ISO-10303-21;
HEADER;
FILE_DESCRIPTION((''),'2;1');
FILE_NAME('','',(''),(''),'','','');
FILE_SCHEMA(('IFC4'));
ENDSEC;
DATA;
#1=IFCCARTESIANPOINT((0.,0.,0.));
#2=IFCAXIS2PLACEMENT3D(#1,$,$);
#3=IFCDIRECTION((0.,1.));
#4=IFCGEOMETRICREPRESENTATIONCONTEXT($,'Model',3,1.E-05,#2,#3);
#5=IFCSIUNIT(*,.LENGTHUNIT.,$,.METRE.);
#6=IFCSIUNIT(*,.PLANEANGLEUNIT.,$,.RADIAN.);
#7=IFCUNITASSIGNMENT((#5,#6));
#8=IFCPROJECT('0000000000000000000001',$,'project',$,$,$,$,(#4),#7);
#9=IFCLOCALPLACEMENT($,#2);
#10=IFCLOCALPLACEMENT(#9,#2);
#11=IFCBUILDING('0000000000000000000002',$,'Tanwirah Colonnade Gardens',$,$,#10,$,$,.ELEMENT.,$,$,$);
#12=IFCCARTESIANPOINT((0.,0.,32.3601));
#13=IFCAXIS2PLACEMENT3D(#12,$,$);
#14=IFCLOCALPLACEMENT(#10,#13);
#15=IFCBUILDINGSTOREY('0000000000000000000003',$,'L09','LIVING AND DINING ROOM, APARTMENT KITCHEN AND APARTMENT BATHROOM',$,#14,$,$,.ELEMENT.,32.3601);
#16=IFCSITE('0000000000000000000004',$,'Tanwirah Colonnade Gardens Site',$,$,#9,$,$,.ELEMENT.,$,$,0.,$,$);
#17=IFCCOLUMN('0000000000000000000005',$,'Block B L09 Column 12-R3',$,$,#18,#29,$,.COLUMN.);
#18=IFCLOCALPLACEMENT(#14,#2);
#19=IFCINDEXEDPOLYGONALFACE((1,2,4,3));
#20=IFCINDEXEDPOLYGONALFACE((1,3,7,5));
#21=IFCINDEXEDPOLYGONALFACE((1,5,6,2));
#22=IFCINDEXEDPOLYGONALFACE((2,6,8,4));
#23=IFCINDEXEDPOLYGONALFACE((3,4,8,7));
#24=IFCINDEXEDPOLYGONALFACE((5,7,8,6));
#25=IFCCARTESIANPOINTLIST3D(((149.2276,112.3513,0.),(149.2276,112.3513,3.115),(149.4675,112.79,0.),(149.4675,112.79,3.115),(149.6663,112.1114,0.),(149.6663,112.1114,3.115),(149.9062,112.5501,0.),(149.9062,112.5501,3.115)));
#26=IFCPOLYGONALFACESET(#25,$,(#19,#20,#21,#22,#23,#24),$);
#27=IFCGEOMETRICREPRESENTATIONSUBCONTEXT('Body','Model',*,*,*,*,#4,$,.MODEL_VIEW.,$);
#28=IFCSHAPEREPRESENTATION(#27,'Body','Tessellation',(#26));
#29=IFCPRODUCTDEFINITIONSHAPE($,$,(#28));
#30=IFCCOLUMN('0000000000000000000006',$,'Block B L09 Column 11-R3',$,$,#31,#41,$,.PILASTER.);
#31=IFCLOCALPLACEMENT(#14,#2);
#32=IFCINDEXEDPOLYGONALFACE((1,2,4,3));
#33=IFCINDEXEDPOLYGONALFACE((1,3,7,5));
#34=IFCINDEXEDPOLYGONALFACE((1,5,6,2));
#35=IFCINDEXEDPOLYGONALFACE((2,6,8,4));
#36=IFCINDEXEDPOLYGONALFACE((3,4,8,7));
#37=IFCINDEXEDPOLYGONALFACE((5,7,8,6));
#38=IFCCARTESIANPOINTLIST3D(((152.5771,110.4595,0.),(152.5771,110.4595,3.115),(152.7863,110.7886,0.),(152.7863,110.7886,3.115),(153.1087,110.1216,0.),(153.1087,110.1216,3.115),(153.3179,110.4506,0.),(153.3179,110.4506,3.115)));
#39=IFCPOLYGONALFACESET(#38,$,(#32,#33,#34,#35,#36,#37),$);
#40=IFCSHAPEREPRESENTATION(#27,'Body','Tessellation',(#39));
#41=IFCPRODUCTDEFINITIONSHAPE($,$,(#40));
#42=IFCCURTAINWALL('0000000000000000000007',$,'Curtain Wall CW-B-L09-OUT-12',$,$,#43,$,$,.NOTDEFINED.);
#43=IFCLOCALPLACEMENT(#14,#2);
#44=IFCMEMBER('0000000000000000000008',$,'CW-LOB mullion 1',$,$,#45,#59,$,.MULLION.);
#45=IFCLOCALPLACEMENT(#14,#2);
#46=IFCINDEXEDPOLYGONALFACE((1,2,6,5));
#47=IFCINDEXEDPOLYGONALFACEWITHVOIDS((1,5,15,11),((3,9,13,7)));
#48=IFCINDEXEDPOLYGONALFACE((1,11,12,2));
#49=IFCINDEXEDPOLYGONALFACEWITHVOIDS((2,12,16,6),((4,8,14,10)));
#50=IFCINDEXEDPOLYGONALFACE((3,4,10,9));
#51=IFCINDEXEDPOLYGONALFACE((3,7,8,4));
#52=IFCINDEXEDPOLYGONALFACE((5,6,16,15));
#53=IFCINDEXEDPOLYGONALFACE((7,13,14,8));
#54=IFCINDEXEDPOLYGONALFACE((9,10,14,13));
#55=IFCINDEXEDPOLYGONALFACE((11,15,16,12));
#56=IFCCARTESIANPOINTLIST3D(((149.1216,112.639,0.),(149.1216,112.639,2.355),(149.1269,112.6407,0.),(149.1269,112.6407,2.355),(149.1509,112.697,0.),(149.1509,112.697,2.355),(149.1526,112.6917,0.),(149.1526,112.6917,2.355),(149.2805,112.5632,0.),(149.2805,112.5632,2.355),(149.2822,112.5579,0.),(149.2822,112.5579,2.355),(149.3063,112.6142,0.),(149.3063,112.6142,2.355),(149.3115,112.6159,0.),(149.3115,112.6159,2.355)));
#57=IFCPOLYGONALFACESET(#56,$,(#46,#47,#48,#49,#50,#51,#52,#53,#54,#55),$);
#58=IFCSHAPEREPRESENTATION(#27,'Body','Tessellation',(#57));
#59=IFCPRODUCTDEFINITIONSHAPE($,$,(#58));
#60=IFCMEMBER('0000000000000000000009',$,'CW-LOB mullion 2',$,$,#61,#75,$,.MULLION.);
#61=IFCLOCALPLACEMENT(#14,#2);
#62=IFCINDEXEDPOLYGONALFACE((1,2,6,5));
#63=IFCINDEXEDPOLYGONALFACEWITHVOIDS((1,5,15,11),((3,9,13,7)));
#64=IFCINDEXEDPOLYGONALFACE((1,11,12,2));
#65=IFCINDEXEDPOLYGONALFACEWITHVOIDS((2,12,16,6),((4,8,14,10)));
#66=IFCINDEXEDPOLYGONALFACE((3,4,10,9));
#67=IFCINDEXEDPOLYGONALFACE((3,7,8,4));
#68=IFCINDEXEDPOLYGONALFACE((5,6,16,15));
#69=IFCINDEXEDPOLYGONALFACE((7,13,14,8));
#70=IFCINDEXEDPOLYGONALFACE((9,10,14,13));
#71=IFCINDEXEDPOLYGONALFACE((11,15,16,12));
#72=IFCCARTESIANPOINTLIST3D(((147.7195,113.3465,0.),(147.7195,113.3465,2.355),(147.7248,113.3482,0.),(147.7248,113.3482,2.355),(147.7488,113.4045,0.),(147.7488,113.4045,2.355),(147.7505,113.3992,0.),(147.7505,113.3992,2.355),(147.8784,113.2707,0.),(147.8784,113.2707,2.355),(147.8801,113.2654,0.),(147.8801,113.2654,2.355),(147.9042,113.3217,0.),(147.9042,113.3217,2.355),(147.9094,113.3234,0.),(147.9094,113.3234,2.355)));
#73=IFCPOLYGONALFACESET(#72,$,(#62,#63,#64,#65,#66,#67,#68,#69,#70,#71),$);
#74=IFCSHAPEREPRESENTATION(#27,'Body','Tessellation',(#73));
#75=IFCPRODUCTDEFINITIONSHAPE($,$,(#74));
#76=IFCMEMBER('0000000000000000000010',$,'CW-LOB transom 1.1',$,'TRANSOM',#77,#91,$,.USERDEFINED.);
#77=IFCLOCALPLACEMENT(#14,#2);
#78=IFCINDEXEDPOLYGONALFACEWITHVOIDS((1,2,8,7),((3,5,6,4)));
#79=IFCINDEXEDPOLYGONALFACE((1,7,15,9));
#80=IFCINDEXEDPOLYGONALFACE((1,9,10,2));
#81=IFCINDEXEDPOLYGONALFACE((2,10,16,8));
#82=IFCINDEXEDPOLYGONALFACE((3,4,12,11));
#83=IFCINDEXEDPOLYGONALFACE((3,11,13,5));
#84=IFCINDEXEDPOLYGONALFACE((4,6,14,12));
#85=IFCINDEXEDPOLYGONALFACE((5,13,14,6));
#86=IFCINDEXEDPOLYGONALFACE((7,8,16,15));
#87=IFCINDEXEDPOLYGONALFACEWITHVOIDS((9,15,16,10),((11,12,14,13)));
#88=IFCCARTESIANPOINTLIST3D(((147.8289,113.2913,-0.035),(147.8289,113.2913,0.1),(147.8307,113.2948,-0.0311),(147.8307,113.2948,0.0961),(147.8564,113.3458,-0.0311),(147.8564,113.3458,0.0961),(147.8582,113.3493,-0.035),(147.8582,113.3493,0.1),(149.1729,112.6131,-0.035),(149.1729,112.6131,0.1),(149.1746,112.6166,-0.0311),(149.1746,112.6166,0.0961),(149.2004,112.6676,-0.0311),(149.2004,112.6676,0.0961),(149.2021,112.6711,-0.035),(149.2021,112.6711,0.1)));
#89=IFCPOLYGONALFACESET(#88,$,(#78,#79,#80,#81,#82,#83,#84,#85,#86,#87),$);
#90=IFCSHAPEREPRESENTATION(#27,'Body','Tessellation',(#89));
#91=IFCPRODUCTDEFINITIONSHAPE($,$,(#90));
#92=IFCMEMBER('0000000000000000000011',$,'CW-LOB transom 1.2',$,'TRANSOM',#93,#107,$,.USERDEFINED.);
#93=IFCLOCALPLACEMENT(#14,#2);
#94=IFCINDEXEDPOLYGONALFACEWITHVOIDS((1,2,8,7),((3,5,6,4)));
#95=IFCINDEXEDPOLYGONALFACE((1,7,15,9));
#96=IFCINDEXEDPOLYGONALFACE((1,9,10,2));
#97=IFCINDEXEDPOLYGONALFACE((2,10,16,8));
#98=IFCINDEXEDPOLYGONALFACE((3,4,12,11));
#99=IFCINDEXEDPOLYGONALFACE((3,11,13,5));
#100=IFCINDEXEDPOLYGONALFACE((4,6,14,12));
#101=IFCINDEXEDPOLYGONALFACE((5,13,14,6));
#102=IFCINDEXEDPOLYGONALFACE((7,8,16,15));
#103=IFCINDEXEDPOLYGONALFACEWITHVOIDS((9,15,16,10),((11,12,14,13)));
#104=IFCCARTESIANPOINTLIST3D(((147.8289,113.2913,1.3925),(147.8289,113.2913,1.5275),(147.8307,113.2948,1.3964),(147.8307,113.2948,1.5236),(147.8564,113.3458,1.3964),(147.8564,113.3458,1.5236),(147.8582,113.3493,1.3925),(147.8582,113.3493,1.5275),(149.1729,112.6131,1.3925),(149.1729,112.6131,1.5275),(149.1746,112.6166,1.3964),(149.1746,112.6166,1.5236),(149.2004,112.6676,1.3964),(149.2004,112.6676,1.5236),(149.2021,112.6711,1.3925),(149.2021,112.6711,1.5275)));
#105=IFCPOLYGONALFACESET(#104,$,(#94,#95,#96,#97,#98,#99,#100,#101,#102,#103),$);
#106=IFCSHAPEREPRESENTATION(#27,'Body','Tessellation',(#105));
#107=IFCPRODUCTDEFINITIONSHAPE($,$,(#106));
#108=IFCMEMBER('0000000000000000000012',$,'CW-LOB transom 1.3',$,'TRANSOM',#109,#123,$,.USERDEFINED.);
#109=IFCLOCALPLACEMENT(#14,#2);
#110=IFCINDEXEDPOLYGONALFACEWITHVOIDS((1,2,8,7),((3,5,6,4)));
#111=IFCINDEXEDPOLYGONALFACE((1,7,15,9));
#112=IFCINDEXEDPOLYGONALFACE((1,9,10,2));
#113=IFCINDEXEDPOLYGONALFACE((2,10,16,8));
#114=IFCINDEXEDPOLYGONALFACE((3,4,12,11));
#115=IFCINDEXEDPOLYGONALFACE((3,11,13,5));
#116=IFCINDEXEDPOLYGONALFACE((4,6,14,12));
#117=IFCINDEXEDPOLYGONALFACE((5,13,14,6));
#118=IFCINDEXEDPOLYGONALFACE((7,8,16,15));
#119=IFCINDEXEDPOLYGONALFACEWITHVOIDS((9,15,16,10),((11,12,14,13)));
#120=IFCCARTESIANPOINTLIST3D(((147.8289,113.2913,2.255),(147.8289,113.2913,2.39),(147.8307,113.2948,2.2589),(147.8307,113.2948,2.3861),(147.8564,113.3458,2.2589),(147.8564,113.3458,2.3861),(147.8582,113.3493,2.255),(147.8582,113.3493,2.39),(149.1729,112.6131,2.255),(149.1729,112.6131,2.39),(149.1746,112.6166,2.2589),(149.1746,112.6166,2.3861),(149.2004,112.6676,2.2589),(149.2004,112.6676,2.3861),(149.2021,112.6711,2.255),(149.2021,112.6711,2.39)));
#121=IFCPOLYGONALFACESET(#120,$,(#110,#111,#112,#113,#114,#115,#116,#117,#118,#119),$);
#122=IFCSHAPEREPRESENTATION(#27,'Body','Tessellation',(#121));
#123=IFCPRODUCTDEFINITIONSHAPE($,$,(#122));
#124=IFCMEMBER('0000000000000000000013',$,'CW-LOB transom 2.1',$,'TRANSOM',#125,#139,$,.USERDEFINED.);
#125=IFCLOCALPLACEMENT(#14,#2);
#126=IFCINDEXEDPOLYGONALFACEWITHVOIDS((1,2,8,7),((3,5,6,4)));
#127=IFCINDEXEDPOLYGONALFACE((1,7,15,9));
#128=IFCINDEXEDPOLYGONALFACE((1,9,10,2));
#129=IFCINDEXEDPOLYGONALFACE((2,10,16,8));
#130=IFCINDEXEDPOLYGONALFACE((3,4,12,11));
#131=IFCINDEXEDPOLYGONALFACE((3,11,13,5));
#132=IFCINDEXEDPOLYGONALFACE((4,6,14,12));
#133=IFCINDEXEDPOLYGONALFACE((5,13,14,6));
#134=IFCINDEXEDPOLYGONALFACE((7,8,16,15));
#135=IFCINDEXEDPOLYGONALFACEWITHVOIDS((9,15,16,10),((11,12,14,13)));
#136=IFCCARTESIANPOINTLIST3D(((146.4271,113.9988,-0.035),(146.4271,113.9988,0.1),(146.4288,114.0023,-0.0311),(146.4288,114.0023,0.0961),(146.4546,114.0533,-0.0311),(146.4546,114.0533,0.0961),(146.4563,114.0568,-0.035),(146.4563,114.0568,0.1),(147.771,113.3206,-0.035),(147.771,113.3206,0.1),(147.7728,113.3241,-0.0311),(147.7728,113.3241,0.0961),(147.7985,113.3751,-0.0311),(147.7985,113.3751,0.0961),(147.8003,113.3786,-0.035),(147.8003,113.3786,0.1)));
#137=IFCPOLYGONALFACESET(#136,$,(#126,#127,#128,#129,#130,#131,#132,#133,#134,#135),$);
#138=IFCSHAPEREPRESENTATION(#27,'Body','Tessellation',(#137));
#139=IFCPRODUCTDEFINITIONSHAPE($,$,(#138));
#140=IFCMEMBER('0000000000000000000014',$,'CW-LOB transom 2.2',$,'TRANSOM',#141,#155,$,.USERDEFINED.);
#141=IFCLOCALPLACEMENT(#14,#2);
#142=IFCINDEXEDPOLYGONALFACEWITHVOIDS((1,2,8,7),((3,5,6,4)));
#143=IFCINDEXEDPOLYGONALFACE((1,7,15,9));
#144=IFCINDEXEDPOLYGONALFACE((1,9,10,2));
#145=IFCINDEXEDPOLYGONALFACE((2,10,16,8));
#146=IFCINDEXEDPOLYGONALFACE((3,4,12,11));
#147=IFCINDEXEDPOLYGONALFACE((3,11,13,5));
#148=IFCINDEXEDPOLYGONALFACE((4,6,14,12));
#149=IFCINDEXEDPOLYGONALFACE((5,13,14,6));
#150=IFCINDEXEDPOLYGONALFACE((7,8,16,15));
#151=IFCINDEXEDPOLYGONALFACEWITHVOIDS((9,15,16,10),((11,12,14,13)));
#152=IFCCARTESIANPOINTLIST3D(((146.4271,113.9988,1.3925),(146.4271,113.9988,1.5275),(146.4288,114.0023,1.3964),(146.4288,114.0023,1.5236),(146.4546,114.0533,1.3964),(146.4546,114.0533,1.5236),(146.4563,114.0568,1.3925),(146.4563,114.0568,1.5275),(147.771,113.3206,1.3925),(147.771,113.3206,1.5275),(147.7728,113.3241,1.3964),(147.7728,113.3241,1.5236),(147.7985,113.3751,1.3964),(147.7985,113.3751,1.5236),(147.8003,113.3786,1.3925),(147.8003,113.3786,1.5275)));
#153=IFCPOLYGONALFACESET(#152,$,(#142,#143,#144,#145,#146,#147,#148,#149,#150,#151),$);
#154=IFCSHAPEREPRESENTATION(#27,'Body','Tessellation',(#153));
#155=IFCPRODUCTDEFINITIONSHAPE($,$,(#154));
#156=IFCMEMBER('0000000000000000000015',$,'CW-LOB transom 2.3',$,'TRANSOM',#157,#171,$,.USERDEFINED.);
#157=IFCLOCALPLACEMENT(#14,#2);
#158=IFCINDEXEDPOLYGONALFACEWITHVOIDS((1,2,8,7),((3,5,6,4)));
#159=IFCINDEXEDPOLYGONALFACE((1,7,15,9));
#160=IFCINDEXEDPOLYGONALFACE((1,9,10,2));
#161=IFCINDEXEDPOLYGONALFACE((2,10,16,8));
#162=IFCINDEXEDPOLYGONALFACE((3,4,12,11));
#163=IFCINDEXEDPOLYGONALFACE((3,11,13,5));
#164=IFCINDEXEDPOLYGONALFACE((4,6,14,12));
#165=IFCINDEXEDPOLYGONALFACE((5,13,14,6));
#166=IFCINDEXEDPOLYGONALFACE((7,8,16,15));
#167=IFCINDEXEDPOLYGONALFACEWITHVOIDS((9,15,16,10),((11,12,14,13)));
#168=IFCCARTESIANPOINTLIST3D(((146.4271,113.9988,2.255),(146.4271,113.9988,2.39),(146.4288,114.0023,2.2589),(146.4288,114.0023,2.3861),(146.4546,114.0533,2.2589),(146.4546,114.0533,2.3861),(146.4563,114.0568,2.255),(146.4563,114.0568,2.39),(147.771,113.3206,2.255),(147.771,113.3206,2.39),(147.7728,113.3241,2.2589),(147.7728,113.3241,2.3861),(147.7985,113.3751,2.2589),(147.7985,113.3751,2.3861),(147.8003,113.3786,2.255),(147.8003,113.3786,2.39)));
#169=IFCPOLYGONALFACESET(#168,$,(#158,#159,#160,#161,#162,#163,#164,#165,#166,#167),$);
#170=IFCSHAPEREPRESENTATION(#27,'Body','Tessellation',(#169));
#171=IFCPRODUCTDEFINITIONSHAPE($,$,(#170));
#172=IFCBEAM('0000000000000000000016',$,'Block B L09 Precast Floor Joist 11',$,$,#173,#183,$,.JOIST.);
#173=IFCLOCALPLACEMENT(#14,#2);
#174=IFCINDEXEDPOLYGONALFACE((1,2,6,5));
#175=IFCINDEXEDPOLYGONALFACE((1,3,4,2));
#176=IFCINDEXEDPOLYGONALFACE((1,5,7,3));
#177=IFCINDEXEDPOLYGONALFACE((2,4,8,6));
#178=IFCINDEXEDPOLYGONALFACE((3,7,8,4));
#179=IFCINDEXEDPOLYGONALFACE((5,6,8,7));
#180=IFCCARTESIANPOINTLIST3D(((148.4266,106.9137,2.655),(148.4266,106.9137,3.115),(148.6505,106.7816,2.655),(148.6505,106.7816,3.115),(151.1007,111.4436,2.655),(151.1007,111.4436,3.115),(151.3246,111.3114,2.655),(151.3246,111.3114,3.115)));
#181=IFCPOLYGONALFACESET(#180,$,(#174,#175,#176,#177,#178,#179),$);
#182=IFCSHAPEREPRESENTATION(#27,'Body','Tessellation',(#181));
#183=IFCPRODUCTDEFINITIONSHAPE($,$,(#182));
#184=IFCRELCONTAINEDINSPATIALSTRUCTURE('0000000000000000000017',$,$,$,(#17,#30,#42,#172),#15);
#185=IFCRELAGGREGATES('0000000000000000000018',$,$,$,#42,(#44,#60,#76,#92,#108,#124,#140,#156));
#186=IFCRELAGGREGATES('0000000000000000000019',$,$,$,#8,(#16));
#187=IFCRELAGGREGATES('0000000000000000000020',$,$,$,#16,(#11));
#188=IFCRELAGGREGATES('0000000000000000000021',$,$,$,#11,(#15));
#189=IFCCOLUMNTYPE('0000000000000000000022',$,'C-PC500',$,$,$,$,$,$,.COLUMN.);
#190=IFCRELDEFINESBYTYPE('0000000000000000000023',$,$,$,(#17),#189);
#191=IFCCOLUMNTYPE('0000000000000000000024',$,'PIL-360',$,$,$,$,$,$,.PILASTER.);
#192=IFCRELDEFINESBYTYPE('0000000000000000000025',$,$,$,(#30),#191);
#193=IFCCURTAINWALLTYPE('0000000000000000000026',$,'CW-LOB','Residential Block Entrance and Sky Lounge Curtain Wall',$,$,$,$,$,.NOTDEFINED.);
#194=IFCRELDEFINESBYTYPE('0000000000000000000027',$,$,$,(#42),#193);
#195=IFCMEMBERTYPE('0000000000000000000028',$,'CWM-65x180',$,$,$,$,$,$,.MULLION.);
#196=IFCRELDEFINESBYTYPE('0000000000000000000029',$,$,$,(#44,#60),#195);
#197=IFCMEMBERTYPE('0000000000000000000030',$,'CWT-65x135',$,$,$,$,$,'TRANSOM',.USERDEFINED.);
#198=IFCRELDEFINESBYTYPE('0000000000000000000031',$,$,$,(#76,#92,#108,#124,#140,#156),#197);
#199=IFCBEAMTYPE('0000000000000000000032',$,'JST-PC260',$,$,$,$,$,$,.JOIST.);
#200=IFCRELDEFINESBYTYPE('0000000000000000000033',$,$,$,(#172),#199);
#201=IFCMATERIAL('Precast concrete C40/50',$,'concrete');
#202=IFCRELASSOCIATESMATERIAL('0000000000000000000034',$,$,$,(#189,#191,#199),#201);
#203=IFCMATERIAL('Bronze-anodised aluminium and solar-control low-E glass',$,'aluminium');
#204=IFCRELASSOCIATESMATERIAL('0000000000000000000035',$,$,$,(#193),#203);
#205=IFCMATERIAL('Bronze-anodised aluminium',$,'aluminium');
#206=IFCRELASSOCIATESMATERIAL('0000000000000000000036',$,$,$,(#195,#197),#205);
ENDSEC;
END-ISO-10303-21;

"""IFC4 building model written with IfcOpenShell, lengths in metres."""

from ifc_helpers import new_model, si_unit, direction, frame, origin, origin_2d, place, context, subcontext, project, spatial, rectangle, hollow_rectangle, extrude, material, material_profile, profile_set, type_object, element, aggregate, save


model = new_model("IFC4")

# Units and contexts
model_context = context("Model", 3, precision=1e-05, world=origin(), true_north=direction((0.0, 1.0)))
body_context = subcontext(model_context, "Body", "Model", "MODEL_VIEW")
ifc_project = project(units=[si_unit("LENGTHUNIT", "METRE"), si_unit("PLANEANGLEUNIT", "RADIAN")], contexts=[model_context])

# Site, building, storey
site_placement = place(None, origin())
site = spatial("IfcSite", under=ifc_project, at=site_placement, Name="Tanwirah Colonnade Gardens Site", CompositionType="ELEMENT", RefElevation=0.0)
building_placement = place(site_placement, origin())
building = spatial("IfcBuilding", under=site, at=building_placement, Name="Tanwirah Colonnade Gardens", CompositionType="ELEMENT")
storey_placement = place(building_placement, frame((0.0, 0.0, 32.3601)))
storey = spatial("IfcBuildingStorey", under=building, at=storey_placement, Name="L09", Description="LIVING AND DINING ROOM, APARTMENT KITCHEN AND APARTMENT BATHROOM", CompositionType="ELEMENT", Elevation=32.3601)

# Columns
ifc_material_1 = material(Name="Precast concrete C40/50", Category="concrete")
ifc_material_profile_1 = material_profile(ifc_material_1, rectangle(XDim=0.5, YDim=0.5, at=origin_2d()), Name="PC-COL 500x500")
ifc_profile_set_1 = profile_set([ifc_material_profile_1], Name="Precast concrete C40/50")
column_type_1 = type_object("IfcColumnType", Name="C-PC500", PredefinedType="COLUMN", material=ifc_profile_set_1)
column_1_placement = place(storey_placement, frame((149.5669, 112.4507, 0.0), z_axis=(0.0, 0.0, 1.0), x_axis=(0.479713, 0.877425, 0.0)))
element("IfcColumn", 1, at=column_1_placement, inside=storey, type_object=column_type_1, Name="Block B L09 Column 12-R3", PredefinedType="COLUMN", context=body_context, shape_type="SweptSolid", body=[
    extrude(rectangle(XDim=0.5, YDim=0.5, at=origin_2d()), origin(), (0.0, 0.0, 1.0), 3.115),
])
ifc_material_profile_2 = material_profile(ifc_material_1, rectangle(XDim=0.3899, YDim=0.6299, at=origin_2d()), Name="PC-PIL 390x630")
ifc_profile_set_2 = profile_set([ifc_material_profile_2], Name="Precast concrete C40/50")
column_type_2 = type_object("IfcColumnType", Name="PIL-360", PredefinedType="PILASTER", material=ifc_profile_set_2)
column_2_placement = place(storey_placement, frame((152.9475, 110.4551, 0.0), z_axis=(0.0, 0.0, 1.0), x_axis=(0.536482, 0.843912, 0.0)))
element("IfcColumn", 2, at=column_2_placement, inside=storey, type_object=column_type_2, Name="Block B L09 Column 11-R3", PredefinedType="PILASTER", context=body_context, shape_type="SweptSolid", body=[
    extrude(rectangle(XDim=0.3899, YDim=0.6299, at=origin_2d()), origin(), (0.0, 0.0, 1.0), 3.115),
])

# Curtain wall, members
ifc_material_2 = material(Name="Bronze-anodised aluminium and solar-control low-E glass", Category="aluminium")
curtain_wall_type = type_object("IfcCurtainWallType", Name="CW-LOB", Description="Residential Block Entrance and Sky Lounge Curtain Wall", PredefinedType="NOTDEFINED", material=ifc_material_2)
curtain_wall_placement = place(storey_placement, origin())
curtain_wall = element("IfcCurtainWall", 3, at=curtain_wall_placement, inside=storey, type_object=curtain_wall_type, Name="Curtain Wall CW-B-L09-OUT-12", PredefinedType="NOTDEFINED")
ifc_material_3 = material(Name="Bronze-anodised aluminium", Category="aluminium")
ifc_material_profile_3 = material_profile(ifc_material_3, hollow_rectangle(XDim=0.0649, YDim=0.1799, WallThickness=0.0039, at=origin_2d()), Name="CW-MUL 65x180x4")
ifc_profile_set_3 = profile_set([ifc_material_profile_3], Name="Bronze-anodised aluminium")
member_type_1 = type_object("IfcMemberType", Name="CWM-65x180", PredefinedType="MULLION", material=ifc_profile_set_3)
member_1_placement = place(storey_placement, frame((149.2166, 112.6274, 0.0), z_axis=(0.0, 0.0, 1.0), x_axis=(-0.45053, -0.892761, 0.0)))
member_1 = element("IfcMember", 4, at=member_1_placement, type_object=member_type_1, Name="CW-LOB mullion 1", PredefinedType="MULLION", context=body_context, shape_type="SweptSolid", body=[
    extrude(hollow_rectangle(XDim=0.0649, YDim=0.1799, WallThickness=0.0039, at=origin_2d()), origin(), (0.0, 0.0, 1.0), 2.355),
])
member_2_placement = place(storey_placement, frame((147.8145, 113.335, 0.0), z_axis=(0.0, 0.0, 1.0), x_axis=(-0.45053, -0.892761, 0.0)))
member_2 = element("IfcMember", 5, at=member_2_placement, type_object=member_type_1, Name="CW-LOB mullion 2", PredefinedType="MULLION", context=body_context, shape_type="SweptSolid", body=[
    extrude(hollow_rectangle(XDim=0.0649, YDim=0.1799, WallThickness=0.0039, at=origin_2d()), origin(), (0.0, 0.0, 1.0), 2.355),
])
ifc_material_profile_4 = material_profile(ifc_material_3, hollow_rectangle(XDim=0.0649, YDim=0.135, WallThickness=0.0039, at=origin_2d()), Name="CW-TRN 65x135x4")
ifc_profile_set_4 = profile_set([ifc_material_profile_4], Name="Bronze-anodised aluminium")
member_type_2 = type_object("IfcMemberType", Name="CWT-65x135", ElementType="TRANSOM", PredefinedType="USERDEFINED", material=ifc_profile_set_4)
member_3_placement = place(storey_placement, frame((149.1875, 112.6421, 0.0325), z_axis=(-0.892767, 0.450519, 0.0), x_axis=(-0.450519, -0.892767, 0.0)))
member_3 = element("IfcMember", 6, at=member_3_placement, type_object=member_type_2, Name="CW-LOB transom 1.1", ObjectType="TRANSOM", PredefinedType="USERDEFINED", context=body_context, shape_type="SweptSolid", body=[
    extrude(hollow_rectangle(XDim=0.0649, YDim=0.135, WallThickness=0.0039, at=origin_2d()), origin(), (0.0, 0.0, 1.0), 1.5054),
])
member_4_placement = place(storey_placement, frame((149.1875, 112.6421, 1.46), z_axis=(-0.892767, 0.450519, 0.0), x_axis=(-0.450519, -0.892767, 0.0)))
member_4 = element("IfcMember", 7, at=member_4_placement, type_object=member_type_2, Name="CW-LOB transom 1.2", ObjectType="TRANSOM", PredefinedType="USERDEFINED", context=body_context, shape_type="SweptSolid", body=[
    extrude(hollow_rectangle(XDim=0.0649, YDim=0.135, WallThickness=0.0039, at=origin_2d()), origin(), (0.0, 0.0, 1.0), 1.5054),
])
member_5_placement = place(storey_placement, frame((149.1875, 112.6421, 2.3225), z_axis=(-0.892767, 0.450519, 0.0), x_axis=(-0.450519, -0.892767, 0.0)))
member_5 = element("IfcMember", 8, at=member_5_placement, type_object=member_type_2, Name="CW-LOB transom 1.3", ObjectType="TRANSOM", PredefinedType="USERDEFINED", context=body_context, shape_type="SweptSolid", body=[
    extrude(hollow_rectangle(XDim=0.0649, YDim=0.135, WallThickness=0.0039, at=origin_2d()), origin(), (0.0, 0.0, 1.0), 1.5054),
])
member_6_placement = place(storey_placement, frame((147.7856, 113.3496, 0.0325), z_axis=(-0.892767, 0.450519, 0.0), x_axis=(-0.450519, -0.892767, 0.0)))
member_6 = element("IfcMember", 9, at=member_6_placement, type_object=member_type_2, Name="CW-LOB transom 2.1", ObjectType="TRANSOM", PredefinedType="USERDEFINED", context=body_context, shape_type="SweptSolid", body=[
    extrude(hollow_rectangle(XDim=0.0649, YDim=0.135, WallThickness=0.0039, at=origin_2d()), origin(), (0.0, 0.0, 1.0), 1.5054),
])
member_7_placement = place(storey_placement, frame((147.7856, 113.3496, 1.46), z_axis=(-0.892767, 0.450519, 0.0), x_axis=(-0.450519, -0.892767, 0.0)))
member_7 = element("IfcMember", 10, at=member_7_placement, type_object=member_type_2, Name="CW-LOB transom 2.2", ObjectType="TRANSOM", PredefinedType="USERDEFINED", context=body_context, shape_type="SweptSolid", body=[
    extrude(hollow_rectangle(XDim=0.0649, YDim=0.135, WallThickness=0.0039, at=origin_2d()), origin(), (0.0, 0.0, 1.0), 1.5054),
])
member_8_placement = place(storey_placement, frame((147.7856, 113.3496, 2.3225), z_axis=(-0.892767, 0.450519, 0.0), x_axis=(-0.450519, -0.892767, 0.0)))
member_8 = element("IfcMember", 11, at=member_8_placement, type_object=member_type_2, Name="CW-LOB transom 2.3", ObjectType="TRANSOM", PredefinedType="USERDEFINED", context=body_context, shape_type="SweptSolid", body=[
    extrude(hollow_rectangle(XDim=0.0649, YDim=0.135, WallThickness=0.0039, at=origin_2d()), origin(), (0.0, 0.0, 1.0), 1.5054),
])

# Beam
ifc_material_profile_5 = material_profile(ifc_material_1, rectangle(XDim=0.26, YDim=0.46, at=origin_2d()), Name="PC-JST 260x460")
ifc_profile_set_5 = profile_set([ifc_material_profile_5], Name="Precast concrete C40/50")
beam_type_1 = type_object("IfcBeamType", Name="JST-PC260", PredefinedType="JOIST", material=ifc_profile_set_5)
beam_1_placement = place(storey_placement, frame((148.5386, 106.8477, 2.885), z_axis=(0.50836, 0.861145, 0.0), x_axis=(-0.861145, 0.50836, 0.0)))
element("IfcBeam", 12, at=beam_1_placement, inside=storey, type_object=beam_type_1, Name="Block B L09 Precast Floor Joist 11", PredefinedType="JOIST", context=body_context, shape_type="SweptSolid", body=[
    extrude(rectangle(XDim=0.26, YDim=0.46, at=origin_2d()), origin(), (0.0, 0.0, 1.0), 5.2603),
])

aggregate(curtain_wall, [member_1, member_2, member_3, member_4, member_5, member_6, member_7, member_8])

save(model, "model.ifc")
